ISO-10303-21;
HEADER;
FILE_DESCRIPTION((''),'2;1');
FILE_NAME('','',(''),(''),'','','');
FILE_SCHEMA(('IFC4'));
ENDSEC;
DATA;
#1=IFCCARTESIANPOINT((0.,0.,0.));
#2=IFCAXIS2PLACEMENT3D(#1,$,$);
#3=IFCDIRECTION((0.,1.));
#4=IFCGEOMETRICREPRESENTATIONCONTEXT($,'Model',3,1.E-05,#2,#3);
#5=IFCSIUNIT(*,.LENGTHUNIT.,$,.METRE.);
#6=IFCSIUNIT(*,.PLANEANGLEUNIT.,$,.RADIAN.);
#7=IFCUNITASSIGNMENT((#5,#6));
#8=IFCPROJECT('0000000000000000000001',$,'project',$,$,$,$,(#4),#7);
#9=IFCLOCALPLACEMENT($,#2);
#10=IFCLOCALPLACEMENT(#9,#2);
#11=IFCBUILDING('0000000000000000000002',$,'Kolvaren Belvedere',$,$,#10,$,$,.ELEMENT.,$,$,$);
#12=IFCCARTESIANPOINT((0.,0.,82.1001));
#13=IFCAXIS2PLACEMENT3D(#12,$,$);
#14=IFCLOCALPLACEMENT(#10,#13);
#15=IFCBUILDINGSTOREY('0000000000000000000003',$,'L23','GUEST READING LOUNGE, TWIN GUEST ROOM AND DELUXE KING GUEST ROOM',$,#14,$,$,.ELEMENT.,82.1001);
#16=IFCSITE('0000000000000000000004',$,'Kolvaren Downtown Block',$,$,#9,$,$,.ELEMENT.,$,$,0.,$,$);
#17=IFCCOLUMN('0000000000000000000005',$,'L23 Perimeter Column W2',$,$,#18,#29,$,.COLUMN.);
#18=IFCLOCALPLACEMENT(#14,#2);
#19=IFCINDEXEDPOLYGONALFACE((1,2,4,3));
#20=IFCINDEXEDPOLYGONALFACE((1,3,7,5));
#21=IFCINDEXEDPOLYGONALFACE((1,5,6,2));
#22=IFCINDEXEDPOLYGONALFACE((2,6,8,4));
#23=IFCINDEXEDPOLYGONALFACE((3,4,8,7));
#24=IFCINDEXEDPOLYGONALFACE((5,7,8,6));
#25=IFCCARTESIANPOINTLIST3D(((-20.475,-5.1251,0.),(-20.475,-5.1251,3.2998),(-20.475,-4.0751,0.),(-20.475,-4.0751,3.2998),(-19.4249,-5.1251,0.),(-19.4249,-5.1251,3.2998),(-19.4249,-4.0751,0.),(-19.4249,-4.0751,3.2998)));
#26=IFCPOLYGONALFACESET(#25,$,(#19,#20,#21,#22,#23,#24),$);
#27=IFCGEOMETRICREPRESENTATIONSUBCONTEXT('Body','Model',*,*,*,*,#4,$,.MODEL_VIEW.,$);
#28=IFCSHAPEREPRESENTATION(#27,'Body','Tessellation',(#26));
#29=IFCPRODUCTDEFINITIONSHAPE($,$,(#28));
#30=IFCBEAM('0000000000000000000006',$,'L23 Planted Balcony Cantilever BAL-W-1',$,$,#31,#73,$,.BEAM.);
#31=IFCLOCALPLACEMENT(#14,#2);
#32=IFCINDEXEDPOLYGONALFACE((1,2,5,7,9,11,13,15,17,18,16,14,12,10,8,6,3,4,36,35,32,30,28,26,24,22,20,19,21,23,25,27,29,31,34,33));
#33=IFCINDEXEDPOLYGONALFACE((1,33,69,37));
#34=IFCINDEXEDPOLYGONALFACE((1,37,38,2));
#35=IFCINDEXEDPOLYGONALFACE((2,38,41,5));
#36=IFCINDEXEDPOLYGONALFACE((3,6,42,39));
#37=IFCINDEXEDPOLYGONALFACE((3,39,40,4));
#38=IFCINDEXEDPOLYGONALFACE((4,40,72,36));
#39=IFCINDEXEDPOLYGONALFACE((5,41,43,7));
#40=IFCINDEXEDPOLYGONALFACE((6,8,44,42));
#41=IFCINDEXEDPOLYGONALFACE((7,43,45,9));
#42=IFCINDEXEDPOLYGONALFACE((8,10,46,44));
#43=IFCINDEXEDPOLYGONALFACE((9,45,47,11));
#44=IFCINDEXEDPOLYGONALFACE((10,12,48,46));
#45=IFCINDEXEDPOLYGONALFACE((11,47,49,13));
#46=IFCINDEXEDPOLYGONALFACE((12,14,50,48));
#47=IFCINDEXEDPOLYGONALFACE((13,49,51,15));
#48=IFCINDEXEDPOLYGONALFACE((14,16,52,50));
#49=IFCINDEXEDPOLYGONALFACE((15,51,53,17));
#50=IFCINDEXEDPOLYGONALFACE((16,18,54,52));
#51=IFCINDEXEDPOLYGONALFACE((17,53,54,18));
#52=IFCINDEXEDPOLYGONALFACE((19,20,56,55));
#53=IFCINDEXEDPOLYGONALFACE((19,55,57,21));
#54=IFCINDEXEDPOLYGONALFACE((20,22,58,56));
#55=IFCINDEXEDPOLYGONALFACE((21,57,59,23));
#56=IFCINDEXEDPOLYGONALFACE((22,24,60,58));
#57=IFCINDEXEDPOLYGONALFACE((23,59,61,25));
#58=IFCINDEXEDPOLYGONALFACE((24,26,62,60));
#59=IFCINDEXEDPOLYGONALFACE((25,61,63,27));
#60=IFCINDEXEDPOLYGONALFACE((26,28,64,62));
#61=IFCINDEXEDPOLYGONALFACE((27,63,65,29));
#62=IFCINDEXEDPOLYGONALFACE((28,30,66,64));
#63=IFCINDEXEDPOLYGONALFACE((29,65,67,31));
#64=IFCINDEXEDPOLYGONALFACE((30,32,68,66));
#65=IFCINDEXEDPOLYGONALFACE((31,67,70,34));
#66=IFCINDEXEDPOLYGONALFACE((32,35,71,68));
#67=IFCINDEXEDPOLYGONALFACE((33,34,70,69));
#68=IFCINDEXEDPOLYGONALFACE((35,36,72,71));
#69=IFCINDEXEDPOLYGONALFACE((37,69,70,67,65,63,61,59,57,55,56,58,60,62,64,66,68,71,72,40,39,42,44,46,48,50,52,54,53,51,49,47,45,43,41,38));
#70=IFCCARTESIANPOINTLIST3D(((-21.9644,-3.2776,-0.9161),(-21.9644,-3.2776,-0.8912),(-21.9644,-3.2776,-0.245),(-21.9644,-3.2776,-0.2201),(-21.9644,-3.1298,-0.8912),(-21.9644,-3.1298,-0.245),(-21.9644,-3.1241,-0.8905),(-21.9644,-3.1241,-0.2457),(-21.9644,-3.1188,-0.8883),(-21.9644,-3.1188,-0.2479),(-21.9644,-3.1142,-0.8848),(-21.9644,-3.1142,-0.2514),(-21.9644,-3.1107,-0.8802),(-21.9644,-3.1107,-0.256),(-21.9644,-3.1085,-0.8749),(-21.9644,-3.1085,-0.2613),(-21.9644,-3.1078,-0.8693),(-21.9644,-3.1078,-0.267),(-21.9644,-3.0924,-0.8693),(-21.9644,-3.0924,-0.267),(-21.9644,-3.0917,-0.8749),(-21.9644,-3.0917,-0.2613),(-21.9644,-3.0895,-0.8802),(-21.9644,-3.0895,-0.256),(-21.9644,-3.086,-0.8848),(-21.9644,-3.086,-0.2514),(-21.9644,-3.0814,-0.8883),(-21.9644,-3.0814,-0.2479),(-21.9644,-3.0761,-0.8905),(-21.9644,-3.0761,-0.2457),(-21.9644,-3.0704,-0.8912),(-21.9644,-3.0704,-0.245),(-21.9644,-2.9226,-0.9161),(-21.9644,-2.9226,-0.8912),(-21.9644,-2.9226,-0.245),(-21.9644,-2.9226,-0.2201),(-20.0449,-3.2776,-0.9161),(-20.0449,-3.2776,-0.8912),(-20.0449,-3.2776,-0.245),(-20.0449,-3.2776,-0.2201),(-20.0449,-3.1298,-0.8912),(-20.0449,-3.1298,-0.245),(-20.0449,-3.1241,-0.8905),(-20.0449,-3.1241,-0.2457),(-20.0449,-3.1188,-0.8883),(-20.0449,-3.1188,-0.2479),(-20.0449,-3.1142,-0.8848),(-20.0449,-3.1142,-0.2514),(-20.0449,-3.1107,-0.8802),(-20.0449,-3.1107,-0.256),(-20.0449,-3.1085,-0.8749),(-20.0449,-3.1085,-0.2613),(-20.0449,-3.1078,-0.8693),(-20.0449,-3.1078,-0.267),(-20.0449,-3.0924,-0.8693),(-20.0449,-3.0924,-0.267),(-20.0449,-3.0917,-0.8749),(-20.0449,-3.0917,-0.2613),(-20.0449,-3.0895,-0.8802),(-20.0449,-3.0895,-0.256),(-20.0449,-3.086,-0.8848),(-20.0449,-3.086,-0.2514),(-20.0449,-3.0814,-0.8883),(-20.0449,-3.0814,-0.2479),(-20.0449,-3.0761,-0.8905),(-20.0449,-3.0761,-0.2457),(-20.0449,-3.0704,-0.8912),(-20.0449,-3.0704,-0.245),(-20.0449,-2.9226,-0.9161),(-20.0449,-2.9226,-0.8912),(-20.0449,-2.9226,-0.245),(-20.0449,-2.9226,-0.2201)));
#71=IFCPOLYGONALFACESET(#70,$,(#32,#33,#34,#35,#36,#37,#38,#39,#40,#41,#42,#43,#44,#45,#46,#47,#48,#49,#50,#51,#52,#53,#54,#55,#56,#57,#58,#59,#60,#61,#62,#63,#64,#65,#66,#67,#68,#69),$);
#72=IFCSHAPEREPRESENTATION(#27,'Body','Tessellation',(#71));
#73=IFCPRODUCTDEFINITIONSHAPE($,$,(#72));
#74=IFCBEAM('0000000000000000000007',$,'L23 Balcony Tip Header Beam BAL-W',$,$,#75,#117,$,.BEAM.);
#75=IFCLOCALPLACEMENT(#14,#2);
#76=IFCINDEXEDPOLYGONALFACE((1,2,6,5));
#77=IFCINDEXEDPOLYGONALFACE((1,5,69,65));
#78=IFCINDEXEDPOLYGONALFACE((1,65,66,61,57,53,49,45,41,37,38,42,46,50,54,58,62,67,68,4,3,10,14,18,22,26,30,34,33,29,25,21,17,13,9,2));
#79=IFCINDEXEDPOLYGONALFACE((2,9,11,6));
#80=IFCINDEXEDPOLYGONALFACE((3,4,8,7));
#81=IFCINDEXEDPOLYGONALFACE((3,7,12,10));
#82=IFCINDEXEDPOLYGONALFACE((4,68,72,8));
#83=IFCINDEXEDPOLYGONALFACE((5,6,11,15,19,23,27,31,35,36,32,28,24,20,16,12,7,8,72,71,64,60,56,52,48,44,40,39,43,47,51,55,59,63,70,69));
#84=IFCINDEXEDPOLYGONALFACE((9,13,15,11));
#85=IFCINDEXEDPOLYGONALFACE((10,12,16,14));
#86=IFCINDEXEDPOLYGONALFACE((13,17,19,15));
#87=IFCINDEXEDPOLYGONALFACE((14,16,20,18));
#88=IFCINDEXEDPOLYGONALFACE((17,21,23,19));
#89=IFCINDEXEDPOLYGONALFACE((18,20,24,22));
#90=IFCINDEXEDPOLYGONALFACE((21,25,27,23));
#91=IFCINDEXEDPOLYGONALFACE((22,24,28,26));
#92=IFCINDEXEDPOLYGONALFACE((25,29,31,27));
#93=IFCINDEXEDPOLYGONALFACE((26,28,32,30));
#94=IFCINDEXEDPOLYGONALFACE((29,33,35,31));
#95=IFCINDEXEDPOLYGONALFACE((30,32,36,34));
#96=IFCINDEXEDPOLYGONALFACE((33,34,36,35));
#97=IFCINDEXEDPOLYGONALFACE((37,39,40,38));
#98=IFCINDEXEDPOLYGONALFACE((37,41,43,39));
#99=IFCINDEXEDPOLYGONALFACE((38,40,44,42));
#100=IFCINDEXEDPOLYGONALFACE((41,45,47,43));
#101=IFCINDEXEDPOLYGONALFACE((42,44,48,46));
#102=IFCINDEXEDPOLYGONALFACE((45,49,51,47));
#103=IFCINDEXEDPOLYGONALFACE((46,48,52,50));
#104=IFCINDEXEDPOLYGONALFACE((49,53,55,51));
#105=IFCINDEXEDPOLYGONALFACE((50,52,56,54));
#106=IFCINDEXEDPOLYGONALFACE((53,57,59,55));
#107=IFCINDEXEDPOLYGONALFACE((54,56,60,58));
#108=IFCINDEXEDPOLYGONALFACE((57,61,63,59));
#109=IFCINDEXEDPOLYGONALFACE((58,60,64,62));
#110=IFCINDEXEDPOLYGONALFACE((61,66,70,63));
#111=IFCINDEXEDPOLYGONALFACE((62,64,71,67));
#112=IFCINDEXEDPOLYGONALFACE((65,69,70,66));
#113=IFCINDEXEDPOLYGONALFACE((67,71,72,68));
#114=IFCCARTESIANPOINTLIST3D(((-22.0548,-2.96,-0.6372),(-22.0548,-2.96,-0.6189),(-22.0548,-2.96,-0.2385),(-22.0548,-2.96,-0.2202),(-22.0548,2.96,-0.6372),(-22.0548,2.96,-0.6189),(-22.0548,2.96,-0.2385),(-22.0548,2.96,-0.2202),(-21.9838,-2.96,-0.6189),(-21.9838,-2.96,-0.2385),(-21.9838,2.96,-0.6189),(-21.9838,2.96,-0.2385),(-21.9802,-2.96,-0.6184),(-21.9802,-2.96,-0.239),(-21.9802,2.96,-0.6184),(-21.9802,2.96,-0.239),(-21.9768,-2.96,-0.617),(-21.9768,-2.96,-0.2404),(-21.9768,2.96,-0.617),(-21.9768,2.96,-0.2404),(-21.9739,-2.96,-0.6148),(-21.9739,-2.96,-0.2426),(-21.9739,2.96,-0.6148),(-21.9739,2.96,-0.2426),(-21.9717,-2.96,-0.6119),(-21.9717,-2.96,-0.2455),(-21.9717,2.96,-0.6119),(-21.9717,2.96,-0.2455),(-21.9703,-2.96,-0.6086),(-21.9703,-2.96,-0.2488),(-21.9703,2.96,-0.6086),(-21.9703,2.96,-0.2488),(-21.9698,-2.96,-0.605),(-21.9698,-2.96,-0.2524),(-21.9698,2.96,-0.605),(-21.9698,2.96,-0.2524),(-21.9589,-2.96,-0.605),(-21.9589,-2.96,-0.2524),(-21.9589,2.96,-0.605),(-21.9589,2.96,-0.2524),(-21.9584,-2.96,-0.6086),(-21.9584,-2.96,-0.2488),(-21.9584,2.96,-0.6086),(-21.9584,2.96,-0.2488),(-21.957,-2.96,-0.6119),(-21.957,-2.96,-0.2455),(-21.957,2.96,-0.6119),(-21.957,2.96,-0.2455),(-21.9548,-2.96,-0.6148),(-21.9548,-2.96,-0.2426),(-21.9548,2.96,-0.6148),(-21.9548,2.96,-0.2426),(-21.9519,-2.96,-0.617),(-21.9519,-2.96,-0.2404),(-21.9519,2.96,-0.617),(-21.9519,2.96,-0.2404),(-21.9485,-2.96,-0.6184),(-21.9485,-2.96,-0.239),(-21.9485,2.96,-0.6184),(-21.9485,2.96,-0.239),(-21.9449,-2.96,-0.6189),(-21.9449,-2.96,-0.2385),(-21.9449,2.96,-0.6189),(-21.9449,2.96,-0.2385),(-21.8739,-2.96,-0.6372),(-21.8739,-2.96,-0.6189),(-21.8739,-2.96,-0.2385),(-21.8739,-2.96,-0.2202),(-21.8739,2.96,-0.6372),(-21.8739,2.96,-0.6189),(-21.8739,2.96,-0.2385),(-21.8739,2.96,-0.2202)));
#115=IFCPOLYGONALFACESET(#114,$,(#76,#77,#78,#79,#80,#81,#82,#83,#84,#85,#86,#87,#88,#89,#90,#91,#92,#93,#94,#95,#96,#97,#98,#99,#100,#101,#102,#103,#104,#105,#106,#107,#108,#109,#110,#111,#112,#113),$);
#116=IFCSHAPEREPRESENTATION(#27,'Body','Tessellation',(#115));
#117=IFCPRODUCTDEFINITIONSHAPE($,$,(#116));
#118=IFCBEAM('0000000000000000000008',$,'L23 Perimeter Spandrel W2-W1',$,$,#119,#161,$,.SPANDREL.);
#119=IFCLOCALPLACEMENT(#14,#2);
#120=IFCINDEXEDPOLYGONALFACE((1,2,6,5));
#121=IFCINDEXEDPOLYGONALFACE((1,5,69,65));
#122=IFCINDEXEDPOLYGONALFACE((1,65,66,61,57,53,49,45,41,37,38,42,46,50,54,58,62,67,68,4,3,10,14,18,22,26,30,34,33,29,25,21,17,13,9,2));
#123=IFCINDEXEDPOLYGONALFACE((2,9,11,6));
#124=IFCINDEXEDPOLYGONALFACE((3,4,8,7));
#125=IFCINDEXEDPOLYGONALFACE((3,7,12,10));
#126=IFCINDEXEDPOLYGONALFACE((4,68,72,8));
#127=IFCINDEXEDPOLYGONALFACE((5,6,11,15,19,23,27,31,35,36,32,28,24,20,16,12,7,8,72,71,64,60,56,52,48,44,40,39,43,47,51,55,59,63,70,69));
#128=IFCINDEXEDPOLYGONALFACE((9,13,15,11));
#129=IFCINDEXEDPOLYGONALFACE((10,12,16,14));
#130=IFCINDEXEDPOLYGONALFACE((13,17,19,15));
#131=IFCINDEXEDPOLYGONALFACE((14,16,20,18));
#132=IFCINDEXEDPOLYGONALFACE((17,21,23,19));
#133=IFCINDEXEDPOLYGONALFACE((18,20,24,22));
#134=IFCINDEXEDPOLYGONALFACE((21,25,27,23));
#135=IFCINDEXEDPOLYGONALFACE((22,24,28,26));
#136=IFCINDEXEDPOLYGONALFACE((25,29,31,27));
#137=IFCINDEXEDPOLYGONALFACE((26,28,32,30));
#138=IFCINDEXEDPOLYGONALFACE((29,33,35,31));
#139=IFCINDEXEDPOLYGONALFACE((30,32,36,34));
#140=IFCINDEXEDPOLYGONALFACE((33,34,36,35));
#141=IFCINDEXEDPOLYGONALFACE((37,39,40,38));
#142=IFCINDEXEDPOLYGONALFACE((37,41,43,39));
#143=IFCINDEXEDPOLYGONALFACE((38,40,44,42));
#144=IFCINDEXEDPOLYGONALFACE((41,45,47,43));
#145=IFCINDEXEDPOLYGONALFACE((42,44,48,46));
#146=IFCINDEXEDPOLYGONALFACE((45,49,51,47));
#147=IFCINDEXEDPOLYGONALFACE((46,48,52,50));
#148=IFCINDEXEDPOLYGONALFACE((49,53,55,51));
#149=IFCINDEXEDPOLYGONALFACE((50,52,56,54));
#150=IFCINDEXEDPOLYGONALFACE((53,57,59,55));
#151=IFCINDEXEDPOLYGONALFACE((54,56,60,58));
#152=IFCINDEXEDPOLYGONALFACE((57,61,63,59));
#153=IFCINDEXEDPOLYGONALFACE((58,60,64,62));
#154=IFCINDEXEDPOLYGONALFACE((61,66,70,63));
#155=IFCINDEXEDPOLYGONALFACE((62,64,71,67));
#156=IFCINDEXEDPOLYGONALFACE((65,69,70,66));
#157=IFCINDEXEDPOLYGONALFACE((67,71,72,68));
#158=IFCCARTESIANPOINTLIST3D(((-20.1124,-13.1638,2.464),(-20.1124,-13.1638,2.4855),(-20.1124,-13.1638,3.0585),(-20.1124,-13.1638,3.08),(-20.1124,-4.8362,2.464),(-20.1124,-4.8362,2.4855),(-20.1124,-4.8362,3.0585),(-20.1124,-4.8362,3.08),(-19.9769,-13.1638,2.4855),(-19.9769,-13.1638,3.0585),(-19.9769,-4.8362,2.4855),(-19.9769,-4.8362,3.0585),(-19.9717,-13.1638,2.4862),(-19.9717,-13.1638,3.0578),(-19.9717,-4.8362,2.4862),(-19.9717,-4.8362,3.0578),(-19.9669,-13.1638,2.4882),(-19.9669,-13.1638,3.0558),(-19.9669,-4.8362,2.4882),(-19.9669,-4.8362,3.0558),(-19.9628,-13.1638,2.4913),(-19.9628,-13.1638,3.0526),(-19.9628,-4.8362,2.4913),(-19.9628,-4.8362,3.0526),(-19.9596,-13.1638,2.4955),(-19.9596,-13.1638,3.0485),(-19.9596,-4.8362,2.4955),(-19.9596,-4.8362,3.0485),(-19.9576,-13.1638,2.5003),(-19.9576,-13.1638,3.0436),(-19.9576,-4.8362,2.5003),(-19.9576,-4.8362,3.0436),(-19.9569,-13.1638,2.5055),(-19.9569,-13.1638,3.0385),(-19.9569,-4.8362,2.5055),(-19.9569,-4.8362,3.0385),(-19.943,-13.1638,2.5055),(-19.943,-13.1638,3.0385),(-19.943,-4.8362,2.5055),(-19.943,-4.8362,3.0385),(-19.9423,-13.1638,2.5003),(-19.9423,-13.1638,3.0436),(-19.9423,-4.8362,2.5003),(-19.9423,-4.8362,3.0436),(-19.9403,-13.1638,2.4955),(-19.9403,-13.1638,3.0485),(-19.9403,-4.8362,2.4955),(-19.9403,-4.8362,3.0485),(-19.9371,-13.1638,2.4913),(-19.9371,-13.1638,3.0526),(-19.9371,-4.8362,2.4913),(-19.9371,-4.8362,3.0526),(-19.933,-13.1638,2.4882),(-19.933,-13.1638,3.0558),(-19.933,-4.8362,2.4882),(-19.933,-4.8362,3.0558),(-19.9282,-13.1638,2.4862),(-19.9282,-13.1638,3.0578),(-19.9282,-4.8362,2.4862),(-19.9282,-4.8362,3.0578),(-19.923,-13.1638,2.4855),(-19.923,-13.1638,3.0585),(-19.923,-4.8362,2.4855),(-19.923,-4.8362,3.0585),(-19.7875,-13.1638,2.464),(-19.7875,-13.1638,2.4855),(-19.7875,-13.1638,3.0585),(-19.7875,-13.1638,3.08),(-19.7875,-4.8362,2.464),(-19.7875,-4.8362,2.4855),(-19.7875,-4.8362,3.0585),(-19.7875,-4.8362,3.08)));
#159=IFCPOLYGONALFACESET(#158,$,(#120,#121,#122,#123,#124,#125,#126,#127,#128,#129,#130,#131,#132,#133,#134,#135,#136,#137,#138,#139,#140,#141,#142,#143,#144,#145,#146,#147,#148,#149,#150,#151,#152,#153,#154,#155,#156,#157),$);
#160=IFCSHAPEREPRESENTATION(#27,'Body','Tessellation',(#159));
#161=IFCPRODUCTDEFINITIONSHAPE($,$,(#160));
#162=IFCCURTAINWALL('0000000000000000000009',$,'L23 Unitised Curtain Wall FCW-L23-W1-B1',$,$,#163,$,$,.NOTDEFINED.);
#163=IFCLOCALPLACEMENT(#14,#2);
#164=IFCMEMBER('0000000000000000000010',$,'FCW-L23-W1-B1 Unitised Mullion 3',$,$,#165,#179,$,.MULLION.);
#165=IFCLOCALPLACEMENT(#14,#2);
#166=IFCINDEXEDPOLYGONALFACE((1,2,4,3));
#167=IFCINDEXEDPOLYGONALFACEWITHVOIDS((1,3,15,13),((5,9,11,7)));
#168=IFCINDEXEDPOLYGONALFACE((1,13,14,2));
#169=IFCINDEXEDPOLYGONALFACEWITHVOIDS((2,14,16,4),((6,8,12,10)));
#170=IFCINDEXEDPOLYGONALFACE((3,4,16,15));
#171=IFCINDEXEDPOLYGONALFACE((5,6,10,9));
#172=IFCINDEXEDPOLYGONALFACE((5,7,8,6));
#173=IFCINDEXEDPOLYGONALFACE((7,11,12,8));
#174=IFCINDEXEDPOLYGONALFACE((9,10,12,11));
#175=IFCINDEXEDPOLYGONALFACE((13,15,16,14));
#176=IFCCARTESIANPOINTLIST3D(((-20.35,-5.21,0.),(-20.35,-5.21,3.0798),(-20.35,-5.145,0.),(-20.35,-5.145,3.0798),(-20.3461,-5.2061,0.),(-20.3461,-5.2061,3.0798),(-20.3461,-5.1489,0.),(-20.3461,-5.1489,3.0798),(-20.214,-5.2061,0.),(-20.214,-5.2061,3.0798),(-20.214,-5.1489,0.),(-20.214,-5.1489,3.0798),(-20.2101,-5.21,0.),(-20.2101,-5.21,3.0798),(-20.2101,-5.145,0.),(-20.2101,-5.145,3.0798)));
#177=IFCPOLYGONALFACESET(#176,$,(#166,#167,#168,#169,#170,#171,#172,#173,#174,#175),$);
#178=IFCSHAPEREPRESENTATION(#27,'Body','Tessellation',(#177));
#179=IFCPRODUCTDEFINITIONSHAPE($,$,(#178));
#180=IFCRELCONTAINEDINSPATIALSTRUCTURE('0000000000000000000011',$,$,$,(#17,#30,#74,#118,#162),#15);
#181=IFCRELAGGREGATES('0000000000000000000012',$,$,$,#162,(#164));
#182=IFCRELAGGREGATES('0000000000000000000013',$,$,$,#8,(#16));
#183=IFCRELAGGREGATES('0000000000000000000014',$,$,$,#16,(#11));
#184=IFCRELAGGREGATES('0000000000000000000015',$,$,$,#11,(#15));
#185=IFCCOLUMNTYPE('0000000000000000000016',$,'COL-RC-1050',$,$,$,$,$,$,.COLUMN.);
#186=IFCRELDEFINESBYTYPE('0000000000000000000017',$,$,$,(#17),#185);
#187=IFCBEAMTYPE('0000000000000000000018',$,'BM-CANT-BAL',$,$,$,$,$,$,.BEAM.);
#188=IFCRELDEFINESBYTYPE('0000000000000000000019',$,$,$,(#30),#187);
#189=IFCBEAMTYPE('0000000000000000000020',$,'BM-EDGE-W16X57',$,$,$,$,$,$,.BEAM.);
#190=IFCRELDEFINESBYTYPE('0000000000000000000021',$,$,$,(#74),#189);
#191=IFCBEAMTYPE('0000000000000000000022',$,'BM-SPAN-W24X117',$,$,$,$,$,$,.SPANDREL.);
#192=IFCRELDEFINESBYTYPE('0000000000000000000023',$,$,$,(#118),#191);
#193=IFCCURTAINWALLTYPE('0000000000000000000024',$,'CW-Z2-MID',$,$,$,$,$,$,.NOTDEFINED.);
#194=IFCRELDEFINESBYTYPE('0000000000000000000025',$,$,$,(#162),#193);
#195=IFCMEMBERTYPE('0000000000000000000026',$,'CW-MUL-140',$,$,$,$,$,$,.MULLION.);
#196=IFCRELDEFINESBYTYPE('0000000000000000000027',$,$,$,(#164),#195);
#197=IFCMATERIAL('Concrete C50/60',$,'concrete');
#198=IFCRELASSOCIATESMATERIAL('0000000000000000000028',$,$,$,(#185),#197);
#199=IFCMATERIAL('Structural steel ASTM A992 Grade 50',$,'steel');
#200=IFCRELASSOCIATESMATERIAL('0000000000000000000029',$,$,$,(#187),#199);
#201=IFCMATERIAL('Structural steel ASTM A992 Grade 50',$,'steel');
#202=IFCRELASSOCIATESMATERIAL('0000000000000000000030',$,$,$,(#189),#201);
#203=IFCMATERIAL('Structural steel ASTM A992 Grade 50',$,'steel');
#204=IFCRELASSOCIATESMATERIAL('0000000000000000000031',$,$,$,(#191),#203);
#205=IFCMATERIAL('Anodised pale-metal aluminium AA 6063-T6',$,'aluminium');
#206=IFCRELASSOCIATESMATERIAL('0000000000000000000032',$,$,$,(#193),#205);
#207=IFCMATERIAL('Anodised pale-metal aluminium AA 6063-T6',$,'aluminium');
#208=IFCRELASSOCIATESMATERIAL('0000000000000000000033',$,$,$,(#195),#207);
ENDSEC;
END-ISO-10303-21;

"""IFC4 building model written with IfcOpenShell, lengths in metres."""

from ifc_helpers import new_model, si_unit, direction, frame, origin, origin_2d, place, context, subcontext, project, spatial, rectangle, hollow_rectangle, i_section, extrude, material, material_profile, profile_set, type_object, element, aggregate, save


model = new_model("IFC4")

# Units and contexts
model_context = context("Model", 3, precision=1e-05, world=origin(), true_north=direction((0.0, 1.0)))
body_context = subcontext(model_context, "Body", "Model", "MODEL_VIEW")
ifc_project = project(units=[si_unit("LENGTHUNIT", "METRE"), si_unit("PLANEANGLEUNIT", "RADIAN")], contexts=[model_context])

# Site, building, storey
site_placement = place(None, origin())
site = spatial("IfcSite", under=ifc_project, at=site_placement, Name="Kolvaren Downtown Block", CompositionType="ELEMENT", RefElevation=0.0)
building_placement = place(site_placement, origin())
building = spatial("IfcBuilding", under=site, at=building_placement, Name="Kolvaren Belvedere", CompositionType="ELEMENT")
storey_placement = place(building_placement, frame((0.0, 0.0, 82.1001)))
storey = spatial("IfcBuildingStorey", under=building, at=storey_placement, Name="L23", Description="GUEST READING LOUNGE, TWIN GUEST ROOM AND DELUXE KING GUEST ROOM", CompositionType="ELEMENT", Elevation=82.1001)

# Column
ifc_material_1 = material(Name="Concrete C50/60", Category="concrete")
ifc_material_profile_1 = material_profile(ifc_material_1, rectangle(XDim=1.05, YDim=1.05, at=origin_2d()), Name="RC 1050X1050")
ifc_profile_set_1 = profile_set([ifc_material_profile_1], Name="Concrete C50/60")
column_type = type_object("IfcColumnType", Name="COL-RC-1050", PredefinedType="COLUMN", material=ifc_profile_set_1)
column_placement = place(storey_placement, frame((-19.95, -4.6001, 0.0), z_axis=(0.0, 0.0, 1.0), x_axis=(1.0, 0.0, 0.0)))
element("IfcColumn", 1, at=column_placement, inside=storey, type_object=column_type, Name="L23 Perimeter Column W2", PredefinedType="COLUMN", context=body_context, shape_type="SweptSolid", body=[
    extrude(rectangle(XDim=1.05, YDim=1.05, at=origin_2d()), origin(), (0.0, 0.0, 1.0), 3.2998),
])

# Beams
ifc_material_2 = material(Name="Structural steel ASTM A992 Grade 50", Category="steel")
ifc_material_profile_2 = material_profile(ifc_material_2, i_section(OverallWidth=0.355, OverallDepth=0.696, WebThickness=0.0154, FlangeThickness=0.0249, FilletRadius=0.022, at=origin_2d()), Name="W27X146")
ifc_profile_set_2 = profile_set([ifc_material_profile_2], Name="Structural steel ASTM A992 Grade 50")
beam_type_1 = type_object("IfcBeamType", Name="BM-CANT-BAL", PredefinedType="BEAM", material=ifc_profile_set_2)
beam_1_placement = place(storey_placement, frame((-20.0449, -3.1001, -0.5681), z_axis=(-1.0, 0.0, 0.0), x_axis=(0.0, -1.0, 0.0)))
element("IfcBeam", 2, at=beam_1_placement, inside=storey, type_object=beam_type_1, Name="L23 Planted Balcony Cantilever BAL-W-1", PredefinedType="BEAM", context=body_context, shape_type="SweptSolid", body=[
    extrude(i_section(OverallWidth=0.355, OverallDepth=0.696, WebThickness=0.0154, FlangeThickness=0.0249, FilletRadius=0.022, at=origin_2d()), origin(), (0.0, 0.0, 1.0), 1.9194),
])
ifc_material_3 = material(Name="Structural steel ASTM A992 Grade 50", Category="steel")
ifc_material_profile_3 = material_profile(ifc_material_3, i_section(OverallWidth=0.1809, OverallDepth=0.417, WebThickness=0.011, FlangeThickness=0.0183, FilletRadius=0.0139, at=origin_2d()), Name="W16X57")
ifc_profile_set_3 = profile_set([ifc_material_profile_3], Name="Structural steel ASTM A992 Grade 50")
beam_type_2 = type_object("IfcBeamType", Name="BM-EDGE-W16X57", PredefinedType="BEAM", material=ifc_profile_set_3)
beam_2_placement = place(storey_placement, frame((-21.9644, -2.96, -0.4287), z_axis=(0.0, 1.0, 0.0), x_axis=(-1.0, 0.0, 0.0)))
element("IfcBeam", 3, at=beam_2_placement, inside=storey, type_object=beam_type_2, Name="L23 Balcony Tip Header Beam BAL-W", PredefinedType="BEAM", context=body_context, shape_type="SweptSolid", body=[
    extrude(i_section(OverallWidth=0.1809, OverallDepth=0.417, WebThickness=0.011, FlangeThickness=0.0183, FilletRadius=0.0139, at=origin_2d()), origin(), (0.0, 0.0, 1.0), 5.9199),
])
ifc_material_4 = material(Name="Structural steel ASTM A992 Grade 50", Category="steel")
ifc_material_profile_4 = material_profile(ifc_material_4, i_section(OverallWidth=0.325, OverallDepth=0.616, WebThickness=0.0139, FlangeThickness=0.0215, FilletRadius=0.02, at=origin_2d()), Name="W24X117")
ifc_profile_set_4 = profile_set([ifc_material_profile_4], Name="Structural steel ASTM A992 Grade 50")
beam_type_3 = type_object("IfcBeamType", Name="BM-SPAN-W24X117", PredefinedType="SPANDREL", material=ifc_profile_set_4)
beam_3_placement = place(storey_placement, frame((-19.95, -4.8362, 2.772), z_axis=(0.0, -1.0, 0.0), x_axis=(1.0, 0.0, 0.0)))
element("IfcBeam", 4, at=beam_3_placement, inside=storey, type_object=beam_type_3, Name="L23 Perimeter Spandrel W2-W1", PredefinedType="SPANDREL", context=body_context, shape_type="SweptSolid", body=[
    extrude(i_section(OverallWidth=0.325, OverallDepth=0.616, WebThickness=0.0139, FlangeThickness=0.0215, FilletRadius=0.02, at=origin_2d()), origin(), (0.0, 0.0, 1.0), 8.3276),
])

# Curtain wall, member
ifc_material_5 = material(Name="Anodised pale-metal aluminium AA 6063-T6", Category="aluminium")
curtain_wall_type = type_object("IfcCurtainWallType", Name="CW-Z2-MID", PredefinedType="NOTDEFINED", material=ifc_material_5)
curtain_wall_1_placement = place(storey_placement, origin())
curtain_wall_1 = element("IfcCurtainWall", 5, at=curtain_wall_1_placement, inside=storey, type_object=curtain_wall_type, Name="L23 Unitised Curtain Wall FCW-L23-W1-B1", PredefinedType="NOTDEFINED")
ifc_material_6 = material(Name="Anodised pale-metal aluminium AA 6063-T6", Category="aluminium")
ifc_material_profile_5 = material_profile(ifc_material_6, hollow_rectangle(XDim=0.0649, YDim=0.1399, WallThickness=0.0039, at=origin_2d()), Name="ALU-MUL-140X65")
ifc_profile_set_5 = profile_set([ifc_material_profile_5], Name="Anodised pale-metal aluminium AA 6063-T6")
member_type_1 = type_object("IfcMemberType", Name="CW-MUL-140", PredefinedType="MULLION", material=ifc_profile_set_5)
member_1_placement = place(storey_placement, frame((-20.28, -5.1775, 0.0), z_axis=(0.0, 0.0, 1.0), x_axis=(0.0, 1.0, 0.0)))
member_1 = element("IfcMember", 6, at=member_1_placement, type_object=member_type_1, Name="FCW-L23-W1-B1 Unitised Mullion 3", PredefinedType="MULLION", context=body_context, shape_type="SweptSolid", body=[
    extrude(hollow_rectangle(XDim=0.0649, YDim=0.1399, WallThickness=0.0039, at=origin_2d()), origin(), (0.0, 0.0, 1.0), 3.0798),
])
aggregate(curtain_wall_1, [member_1])

save(model, "model.ifc")
